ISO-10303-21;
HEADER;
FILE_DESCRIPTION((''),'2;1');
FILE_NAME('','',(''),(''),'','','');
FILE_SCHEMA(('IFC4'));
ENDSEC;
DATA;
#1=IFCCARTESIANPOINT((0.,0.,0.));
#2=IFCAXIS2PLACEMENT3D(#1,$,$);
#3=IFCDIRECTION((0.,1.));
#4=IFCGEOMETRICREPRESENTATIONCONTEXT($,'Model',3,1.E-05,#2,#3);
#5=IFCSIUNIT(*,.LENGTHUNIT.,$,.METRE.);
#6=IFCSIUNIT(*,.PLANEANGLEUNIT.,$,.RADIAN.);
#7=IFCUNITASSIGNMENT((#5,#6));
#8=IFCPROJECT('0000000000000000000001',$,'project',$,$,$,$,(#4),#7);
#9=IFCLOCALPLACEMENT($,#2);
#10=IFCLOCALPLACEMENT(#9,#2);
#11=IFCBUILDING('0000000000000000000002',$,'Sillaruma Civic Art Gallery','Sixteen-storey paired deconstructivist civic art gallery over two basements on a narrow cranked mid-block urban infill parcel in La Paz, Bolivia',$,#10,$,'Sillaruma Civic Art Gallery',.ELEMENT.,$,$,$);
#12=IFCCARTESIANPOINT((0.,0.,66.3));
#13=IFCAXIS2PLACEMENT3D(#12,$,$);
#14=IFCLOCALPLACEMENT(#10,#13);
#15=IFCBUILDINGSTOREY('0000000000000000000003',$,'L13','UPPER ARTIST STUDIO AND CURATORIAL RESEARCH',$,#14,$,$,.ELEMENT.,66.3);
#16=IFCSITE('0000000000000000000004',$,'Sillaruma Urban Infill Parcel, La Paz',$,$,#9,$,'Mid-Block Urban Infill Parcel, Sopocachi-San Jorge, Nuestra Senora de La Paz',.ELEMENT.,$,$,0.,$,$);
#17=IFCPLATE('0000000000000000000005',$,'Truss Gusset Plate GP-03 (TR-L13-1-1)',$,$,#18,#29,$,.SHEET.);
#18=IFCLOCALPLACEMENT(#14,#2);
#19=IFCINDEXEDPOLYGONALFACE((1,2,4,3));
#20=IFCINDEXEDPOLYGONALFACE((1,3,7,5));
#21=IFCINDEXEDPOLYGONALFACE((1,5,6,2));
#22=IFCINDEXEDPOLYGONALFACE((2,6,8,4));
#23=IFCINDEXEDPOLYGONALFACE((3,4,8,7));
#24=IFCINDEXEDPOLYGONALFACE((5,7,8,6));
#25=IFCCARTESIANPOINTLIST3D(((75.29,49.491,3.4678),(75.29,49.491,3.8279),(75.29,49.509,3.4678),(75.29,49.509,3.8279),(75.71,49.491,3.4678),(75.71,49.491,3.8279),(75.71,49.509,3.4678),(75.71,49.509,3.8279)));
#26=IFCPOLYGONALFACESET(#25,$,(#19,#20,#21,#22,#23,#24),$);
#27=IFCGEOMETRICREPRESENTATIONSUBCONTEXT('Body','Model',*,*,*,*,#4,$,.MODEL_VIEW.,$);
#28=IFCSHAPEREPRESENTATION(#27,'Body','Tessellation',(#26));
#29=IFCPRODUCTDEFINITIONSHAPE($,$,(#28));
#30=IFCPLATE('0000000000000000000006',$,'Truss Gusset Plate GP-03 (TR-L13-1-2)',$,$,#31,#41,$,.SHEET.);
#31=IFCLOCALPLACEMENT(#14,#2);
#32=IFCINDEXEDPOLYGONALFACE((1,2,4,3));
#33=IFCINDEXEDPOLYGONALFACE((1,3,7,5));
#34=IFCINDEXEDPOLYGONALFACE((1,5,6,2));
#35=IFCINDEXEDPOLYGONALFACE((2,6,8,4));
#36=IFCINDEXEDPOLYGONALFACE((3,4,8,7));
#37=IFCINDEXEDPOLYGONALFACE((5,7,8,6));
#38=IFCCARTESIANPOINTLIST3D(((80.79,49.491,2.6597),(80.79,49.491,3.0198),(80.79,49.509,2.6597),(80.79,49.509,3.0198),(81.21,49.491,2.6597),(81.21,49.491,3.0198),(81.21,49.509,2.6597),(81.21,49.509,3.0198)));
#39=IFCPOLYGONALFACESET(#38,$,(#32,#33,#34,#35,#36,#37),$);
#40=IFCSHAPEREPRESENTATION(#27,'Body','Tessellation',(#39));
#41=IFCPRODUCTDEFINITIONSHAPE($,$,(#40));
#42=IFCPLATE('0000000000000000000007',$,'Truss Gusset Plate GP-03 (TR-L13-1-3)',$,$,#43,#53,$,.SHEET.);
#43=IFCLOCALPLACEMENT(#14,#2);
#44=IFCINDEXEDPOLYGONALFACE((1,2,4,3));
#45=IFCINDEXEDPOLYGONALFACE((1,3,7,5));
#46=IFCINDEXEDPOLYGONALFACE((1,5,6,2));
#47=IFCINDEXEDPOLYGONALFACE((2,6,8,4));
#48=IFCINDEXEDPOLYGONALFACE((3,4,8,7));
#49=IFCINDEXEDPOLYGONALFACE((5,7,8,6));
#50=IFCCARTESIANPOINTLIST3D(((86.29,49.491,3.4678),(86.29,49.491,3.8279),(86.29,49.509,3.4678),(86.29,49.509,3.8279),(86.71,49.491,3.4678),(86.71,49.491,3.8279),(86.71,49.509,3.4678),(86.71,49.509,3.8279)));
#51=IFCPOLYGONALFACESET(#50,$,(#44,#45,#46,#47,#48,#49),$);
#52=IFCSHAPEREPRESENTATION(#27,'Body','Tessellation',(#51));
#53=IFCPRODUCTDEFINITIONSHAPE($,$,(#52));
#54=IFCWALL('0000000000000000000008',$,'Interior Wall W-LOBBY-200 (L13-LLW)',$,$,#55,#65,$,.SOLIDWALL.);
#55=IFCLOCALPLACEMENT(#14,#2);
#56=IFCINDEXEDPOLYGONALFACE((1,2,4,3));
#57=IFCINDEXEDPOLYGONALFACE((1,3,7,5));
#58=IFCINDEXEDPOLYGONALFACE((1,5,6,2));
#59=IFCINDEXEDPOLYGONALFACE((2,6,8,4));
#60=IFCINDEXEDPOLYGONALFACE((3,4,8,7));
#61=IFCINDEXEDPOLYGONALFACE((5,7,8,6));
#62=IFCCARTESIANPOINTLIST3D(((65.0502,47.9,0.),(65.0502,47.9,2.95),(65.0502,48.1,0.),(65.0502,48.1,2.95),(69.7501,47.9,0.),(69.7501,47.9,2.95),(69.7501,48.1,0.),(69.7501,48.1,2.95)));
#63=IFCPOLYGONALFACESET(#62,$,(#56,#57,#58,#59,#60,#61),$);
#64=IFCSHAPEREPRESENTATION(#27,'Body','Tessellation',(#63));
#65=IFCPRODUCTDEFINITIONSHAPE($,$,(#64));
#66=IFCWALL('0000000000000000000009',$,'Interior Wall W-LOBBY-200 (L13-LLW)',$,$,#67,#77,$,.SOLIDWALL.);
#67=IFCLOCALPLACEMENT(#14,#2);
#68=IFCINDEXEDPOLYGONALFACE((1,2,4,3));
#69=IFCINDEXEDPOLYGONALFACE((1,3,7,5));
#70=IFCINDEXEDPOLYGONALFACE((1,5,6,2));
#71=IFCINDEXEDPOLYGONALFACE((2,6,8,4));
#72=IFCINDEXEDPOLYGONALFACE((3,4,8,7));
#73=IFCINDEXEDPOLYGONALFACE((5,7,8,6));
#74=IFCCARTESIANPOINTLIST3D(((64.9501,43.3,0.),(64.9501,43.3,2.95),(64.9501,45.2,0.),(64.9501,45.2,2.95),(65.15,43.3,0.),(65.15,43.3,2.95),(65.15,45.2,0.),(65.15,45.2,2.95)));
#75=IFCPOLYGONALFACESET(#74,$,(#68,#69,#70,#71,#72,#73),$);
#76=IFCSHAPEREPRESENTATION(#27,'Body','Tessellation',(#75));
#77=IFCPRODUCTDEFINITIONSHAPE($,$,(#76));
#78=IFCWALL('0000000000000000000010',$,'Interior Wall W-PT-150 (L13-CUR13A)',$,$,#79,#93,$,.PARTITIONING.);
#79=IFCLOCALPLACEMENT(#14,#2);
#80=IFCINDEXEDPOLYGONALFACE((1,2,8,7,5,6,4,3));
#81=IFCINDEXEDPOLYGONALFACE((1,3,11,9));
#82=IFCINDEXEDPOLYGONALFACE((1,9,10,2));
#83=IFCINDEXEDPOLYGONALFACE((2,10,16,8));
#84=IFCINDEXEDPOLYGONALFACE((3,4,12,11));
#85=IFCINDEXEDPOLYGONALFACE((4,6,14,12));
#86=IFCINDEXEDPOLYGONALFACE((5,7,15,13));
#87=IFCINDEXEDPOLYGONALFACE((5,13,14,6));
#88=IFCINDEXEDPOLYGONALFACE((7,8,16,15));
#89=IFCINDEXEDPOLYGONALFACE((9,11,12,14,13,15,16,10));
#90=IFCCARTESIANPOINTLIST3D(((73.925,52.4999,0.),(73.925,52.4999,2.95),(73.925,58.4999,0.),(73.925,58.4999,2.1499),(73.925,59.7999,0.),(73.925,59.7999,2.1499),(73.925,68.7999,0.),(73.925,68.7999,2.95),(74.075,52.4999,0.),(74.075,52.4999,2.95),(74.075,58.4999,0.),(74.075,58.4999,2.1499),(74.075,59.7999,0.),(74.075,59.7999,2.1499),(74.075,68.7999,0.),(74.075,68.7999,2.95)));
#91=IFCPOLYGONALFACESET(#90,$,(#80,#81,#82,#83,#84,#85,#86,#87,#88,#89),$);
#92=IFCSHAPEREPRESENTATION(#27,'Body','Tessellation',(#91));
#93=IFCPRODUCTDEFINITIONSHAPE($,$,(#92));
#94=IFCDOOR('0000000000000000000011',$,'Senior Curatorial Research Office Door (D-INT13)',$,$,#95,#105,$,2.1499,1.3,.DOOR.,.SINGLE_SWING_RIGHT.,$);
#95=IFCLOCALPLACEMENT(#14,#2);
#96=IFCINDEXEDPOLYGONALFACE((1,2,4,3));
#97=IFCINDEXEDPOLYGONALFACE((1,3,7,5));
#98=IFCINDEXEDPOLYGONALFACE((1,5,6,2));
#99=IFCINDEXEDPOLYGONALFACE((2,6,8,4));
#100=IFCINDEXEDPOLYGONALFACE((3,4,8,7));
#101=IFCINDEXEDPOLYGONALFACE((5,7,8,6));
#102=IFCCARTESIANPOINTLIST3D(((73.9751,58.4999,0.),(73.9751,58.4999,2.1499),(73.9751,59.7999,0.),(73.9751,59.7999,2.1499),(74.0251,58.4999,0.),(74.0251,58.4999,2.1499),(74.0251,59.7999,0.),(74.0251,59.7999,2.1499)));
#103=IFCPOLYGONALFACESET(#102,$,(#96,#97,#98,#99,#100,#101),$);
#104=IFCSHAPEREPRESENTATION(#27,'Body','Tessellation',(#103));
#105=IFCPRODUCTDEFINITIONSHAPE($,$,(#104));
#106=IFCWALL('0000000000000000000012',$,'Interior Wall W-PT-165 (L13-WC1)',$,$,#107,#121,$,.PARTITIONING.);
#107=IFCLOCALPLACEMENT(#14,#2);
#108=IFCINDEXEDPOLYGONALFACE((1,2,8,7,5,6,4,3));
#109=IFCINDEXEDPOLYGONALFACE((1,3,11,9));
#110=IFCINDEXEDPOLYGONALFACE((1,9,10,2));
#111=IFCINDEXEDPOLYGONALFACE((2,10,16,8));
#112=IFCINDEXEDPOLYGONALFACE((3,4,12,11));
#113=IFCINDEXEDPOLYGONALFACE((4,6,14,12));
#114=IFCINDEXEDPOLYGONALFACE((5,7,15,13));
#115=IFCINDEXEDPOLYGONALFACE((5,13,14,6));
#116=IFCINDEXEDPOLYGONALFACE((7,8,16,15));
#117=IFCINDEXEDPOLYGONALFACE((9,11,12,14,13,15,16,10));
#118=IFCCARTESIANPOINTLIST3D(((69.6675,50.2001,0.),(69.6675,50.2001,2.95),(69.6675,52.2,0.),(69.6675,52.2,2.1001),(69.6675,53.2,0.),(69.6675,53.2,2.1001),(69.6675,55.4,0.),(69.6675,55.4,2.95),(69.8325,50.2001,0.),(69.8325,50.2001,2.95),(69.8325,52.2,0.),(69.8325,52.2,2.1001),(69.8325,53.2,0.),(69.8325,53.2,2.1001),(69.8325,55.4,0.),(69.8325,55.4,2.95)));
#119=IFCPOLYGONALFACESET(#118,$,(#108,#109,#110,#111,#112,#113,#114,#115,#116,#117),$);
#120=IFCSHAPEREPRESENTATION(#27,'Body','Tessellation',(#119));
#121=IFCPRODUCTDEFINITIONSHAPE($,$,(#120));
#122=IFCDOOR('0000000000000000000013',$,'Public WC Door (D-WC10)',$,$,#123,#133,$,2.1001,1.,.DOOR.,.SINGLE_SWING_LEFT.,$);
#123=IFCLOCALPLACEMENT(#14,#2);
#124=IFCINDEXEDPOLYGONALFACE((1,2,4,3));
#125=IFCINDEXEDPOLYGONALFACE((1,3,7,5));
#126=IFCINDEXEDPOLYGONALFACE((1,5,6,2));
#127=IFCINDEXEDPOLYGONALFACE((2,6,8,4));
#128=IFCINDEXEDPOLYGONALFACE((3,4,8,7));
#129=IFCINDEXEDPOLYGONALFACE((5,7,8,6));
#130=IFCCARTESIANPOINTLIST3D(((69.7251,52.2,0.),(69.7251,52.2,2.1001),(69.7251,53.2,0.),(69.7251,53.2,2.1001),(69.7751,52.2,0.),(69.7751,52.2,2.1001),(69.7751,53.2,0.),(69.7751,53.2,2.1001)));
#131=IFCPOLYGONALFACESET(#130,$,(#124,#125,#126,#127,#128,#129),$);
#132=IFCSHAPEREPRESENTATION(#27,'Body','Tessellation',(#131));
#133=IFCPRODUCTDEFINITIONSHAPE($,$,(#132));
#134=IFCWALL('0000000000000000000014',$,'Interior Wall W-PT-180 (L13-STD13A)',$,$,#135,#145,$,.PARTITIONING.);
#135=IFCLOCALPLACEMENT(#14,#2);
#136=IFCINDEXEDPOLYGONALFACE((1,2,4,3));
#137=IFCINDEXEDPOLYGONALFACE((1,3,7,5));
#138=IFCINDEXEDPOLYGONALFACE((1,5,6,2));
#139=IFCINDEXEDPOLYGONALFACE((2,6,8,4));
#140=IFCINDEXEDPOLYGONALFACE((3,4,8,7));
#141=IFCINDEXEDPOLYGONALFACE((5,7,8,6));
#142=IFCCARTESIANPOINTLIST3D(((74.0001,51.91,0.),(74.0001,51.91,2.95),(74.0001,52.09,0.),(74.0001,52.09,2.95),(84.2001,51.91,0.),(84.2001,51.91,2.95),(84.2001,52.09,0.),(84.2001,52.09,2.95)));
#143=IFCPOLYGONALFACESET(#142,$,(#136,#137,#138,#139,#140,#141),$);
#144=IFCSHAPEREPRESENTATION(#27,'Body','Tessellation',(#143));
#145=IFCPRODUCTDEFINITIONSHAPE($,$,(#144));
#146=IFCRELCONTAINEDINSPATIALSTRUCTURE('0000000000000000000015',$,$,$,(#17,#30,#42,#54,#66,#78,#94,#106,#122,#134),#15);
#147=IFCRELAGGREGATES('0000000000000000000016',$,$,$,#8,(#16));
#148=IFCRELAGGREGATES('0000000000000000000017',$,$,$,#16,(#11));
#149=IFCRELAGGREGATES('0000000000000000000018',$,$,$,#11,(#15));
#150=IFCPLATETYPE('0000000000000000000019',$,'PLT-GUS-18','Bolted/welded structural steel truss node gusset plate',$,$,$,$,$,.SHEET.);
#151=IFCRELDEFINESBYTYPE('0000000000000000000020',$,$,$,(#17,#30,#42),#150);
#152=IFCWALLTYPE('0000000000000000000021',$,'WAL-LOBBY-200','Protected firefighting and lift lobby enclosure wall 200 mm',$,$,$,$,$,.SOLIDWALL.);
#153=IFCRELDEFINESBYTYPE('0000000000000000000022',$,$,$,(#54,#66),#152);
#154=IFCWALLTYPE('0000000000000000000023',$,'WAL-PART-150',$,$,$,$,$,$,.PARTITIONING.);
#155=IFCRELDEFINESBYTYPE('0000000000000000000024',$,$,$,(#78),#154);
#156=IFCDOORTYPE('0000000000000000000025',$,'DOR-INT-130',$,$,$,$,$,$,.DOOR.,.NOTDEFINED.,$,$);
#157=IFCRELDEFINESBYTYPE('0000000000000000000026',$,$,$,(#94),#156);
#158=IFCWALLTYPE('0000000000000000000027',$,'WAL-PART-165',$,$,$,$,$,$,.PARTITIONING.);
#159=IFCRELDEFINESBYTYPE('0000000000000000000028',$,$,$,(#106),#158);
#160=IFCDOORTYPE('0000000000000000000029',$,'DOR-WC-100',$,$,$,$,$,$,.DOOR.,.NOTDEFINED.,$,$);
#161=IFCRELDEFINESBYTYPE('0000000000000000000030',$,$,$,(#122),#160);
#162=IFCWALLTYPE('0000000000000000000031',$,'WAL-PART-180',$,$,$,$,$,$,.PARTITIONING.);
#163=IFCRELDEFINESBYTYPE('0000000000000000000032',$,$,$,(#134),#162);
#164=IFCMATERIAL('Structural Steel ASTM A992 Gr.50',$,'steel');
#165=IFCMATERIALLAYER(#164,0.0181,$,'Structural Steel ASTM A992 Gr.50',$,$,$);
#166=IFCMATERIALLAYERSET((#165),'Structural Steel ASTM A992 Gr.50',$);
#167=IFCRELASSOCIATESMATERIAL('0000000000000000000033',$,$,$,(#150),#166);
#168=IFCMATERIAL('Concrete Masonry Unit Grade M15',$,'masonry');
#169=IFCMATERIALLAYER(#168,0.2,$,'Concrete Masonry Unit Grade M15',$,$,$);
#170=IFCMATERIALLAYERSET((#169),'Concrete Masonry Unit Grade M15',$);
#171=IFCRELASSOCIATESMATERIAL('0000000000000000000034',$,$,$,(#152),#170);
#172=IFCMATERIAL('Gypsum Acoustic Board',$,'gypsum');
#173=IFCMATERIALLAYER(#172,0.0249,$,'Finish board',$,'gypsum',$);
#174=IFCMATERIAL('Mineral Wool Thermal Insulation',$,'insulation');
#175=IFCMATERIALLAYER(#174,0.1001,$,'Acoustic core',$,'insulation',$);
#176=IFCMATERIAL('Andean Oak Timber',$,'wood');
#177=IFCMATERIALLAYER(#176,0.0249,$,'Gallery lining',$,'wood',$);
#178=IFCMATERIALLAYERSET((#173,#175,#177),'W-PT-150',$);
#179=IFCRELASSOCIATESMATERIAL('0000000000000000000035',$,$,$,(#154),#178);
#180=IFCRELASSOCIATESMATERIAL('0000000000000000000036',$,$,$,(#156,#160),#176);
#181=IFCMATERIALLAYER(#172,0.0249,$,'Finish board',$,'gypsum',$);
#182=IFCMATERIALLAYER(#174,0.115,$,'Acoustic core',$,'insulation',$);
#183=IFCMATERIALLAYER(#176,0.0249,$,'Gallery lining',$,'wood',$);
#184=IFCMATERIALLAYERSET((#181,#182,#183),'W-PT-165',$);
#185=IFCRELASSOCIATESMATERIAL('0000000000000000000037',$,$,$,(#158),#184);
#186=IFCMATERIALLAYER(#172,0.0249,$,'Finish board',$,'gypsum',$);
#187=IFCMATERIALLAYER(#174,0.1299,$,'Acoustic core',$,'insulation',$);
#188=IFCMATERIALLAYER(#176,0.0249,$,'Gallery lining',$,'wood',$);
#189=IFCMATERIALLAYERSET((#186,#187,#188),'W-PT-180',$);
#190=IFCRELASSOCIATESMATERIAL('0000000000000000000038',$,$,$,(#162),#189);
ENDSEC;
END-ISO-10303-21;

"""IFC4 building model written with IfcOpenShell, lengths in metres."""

from ifc_helpers import new_model, si_unit, direction, frame, frame_2d, origin, origin_2d, place, context, subcontext, project, spatial, rectangle, extrude, material, layer, layer_set, type_object, element, fill, save


model = new_model("IFC4")

# Units and contexts
model_context = context("Model", 3, precision=1e-05, world=origin(), true_north=direction((0.0, 1.0)))
body_context = subcontext(model_context, "Body", "Model", "MODEL_VIEW")
ifc_project = project(units=[si_unit("LENGTHUNIT", "METRE"), si_unit("PLANEANGLEUNIT", "RADIAN")], contexts=[model_context])

# Site, building, storey
site_placement = place(None, origin())
site = spatial("IfcSite", under=ifc_project, at=site_placement, Name="Sillaruma Urban Infill Parcel, La Paz", LongName="Mid-Block Urban Infill Parcel, Sopocachi-San Jorge, Nuestra Senora de La Paz", CompositionType="ELEMENT", RefElevation=0.0)
building_placement = place(site_placement, origin())
building = spatial("IfcBuilding", under=site, at=building_placement, Name="Sillaruma Civic Art Gallery", Description="Sixteen-storey paired deconstructivist civic art gallery over two basements on a narrow cranked mid-block urban infill parcel in La Paz, Bolivia", LongName="Sillaruma Civic Art Gallery", CompositionType="ELEMENT")
storey_placement = place(building_placement, frame((0.0, 0.0, 66.3)))
storey = spatial("IfcBuildingStorey", under=building, at=storey_placement, Name="L13", Description="UPPER ARTIST STUDIO AND CURATORIAL RESEARCH", CompositionType="ELEMENT", Elevation=66.3)

# Shared definitions
ifc_material_1 = material(Name="Structural Steel ASTM A992 Gr.50", Category="steel")

# Plates
ifc_layer_1 = layer(ifc_material_1, 0.0181, Name="Structural Steel ASTM A992 Gr.50")
ifc_layer_set_1 = layer_set([ifc_layer_1], Name="Structural Steel ASTM A992 Gr.50")
plate_type = type_object("IfcPlateType", Name="PLT-GUS-18", Description="Bolted/welded structural steel truss node gusset plate", PredefinedType="SHEET", material=ifc_layer_set_1)
for number, where, z_axis, x_axis, name in (
    (1, (75.5, 49.5, 3.4678), (0.0, 0.0, 1.0), (1.0, 0.0, 0.0), "Truss Gusset Plate GP-03 (TR-L13-1-1)"),
    (2, (81.0, 49.5, 2.6597), (0.0, 0.0, 1.0), (1.0, 0.0, 0.0), "Truss Gusset Plate GP-03 (TR-L13-1-2)"),
    (3, (86.5, 49.5, 3.4678), (0.0, 0.0, 1.0), (1.0, 0.0, 0.0), "Truss Gusset Plate GP-03 (TR-L13-1-3)"),
):
    element("IfcPlate", number, at=place(storey_placement, frame(where, z_axis=z_axis, x_axis=x_axis)), inside=storey, type_object=plate_type, Name=name, PredefinedType="SHEET", context=body_context, shape_type="SweptSolid", body=[
        extrude(rectangle(XDim=0.4199, YDim=0.0181, at=origin_2d()), origin(), (0.0, 0.0, 1.0), 0.3601),
    ])

# Walls
ifc_material_2 = material(Name="Concrete Masonry Unit Grade M15", Category="masonry")
ifc_layer_2 = layer(ifc_material_2, 0.2, Name="Concrete Masonry Unit Grade M15")
ifc_layer_set_2 = layer_set([ifc_layer_2], Name="Concrete Masonry Unit Grade M15")
wall_type_1 = type_object("IfcWallType", Name="WAL-LOBBY-200", Description="Protected firefighting and lift lobby enclosure wall 200 mm", PredefinedType="SOLIDWALL", material=ifc_layer_set_2)
wall_1_placement = place(storey_placement, frame((65.05, 48.0, 0.0), z_axis=(0.0, 0.0, 1.0), x_axis=(1.0, 0.0, 0.0)))
element("IfcWall", 4, at=wall_1_placement, inside=storey, type_object=wall_type_1, Name="Interior Wall W-LOBBY-200 (L13-LLW)", PredefinedType="SOLIDWALL", context=body_context, shape_type="SweptSolid", body=[
    extrude(rectangle(XDim=4.7, YDim=0.2, at=frame_2d((2.3501, 0.0))), origin(), (0.0, 0.0, 1.0), 2.95),
])
wall_2_placement = place(storey_placement, frame((65.05, 43.3, 0.0), z_axis=(0.0, 0.0, 1.0), x_axis=(0.0, 1.0, 0.0)))
element("IfcWall", 5, at=wall_2_placement, inside=storey, type_object=wall_type_1, Name="Interior Wall W-LOBBY-200 (L13-LLW)", PredefinedType="SOLIDWALL", context=body_context, shape_type="SweptSolid", body=[
    extrude(rectangle(XDim=1.8999, YDim=0.2, at=frame_2d((0.95, 0.0))), origin(), (0.0, 0.0, 1.0), 2.95),
])

# Walls, openings, doors
ifc_material_3 = material(Name="Gypsum Acoustic Board", Category="gypsum")
ifc_material_4 = material(Name="Mineral Wool Thermal Insulation", Category="insulation")
ifc_material_5 = material(Name="Andean Oak Timber", Category="wood")
ifc_layer_3 = layer(ifc_material_3, 0.0249, Name="Finish board", Category="gypsum")
ifc_layer_4 = layer(ifc_material_4, 0.1001, Name="Acoustic core", Category="insulation")
ifc_layer_5 = layer(ifc_material_5, 0.0249, Name="Gallery lining", Category="wood")
ifc_layer_set_3 = layer_set([ifc_layer_3, ifc_layer_4, ifc_layer_5], Name="W-PT-150")
wall_type_2 = type_object("IfcWallType", Name="WAL-PART-150", PredefinedType="PARTITIONING", material=ifc_layer_set_3)
wall_3_placement = place(storey_placement, frame((74.0, 52.5, 0.0), z_axis=(0.0, 0.0, 1.0), x_axis=(0.0, 1.0, 0.0)))
wall_3 = element("IfcWall", 6, at=wall_3_placement, inside=storey, type_object=wall_type_2, Name="Interior Wall W-PT-150 (L13-CUR13A)", PredefinedType="PARTITIONING", context=body_context, shape_type="SweptSolid", body=[
    extrude(rectangle(XDim=16.3, YDim=0.1499, at=frame_2d((8.1499, 0.0))), origin(), (0.0, 0.0, 1.0), 2.95),
])
opening_1_placement = place(wall_3_placement, frame((6.0, 0.0, 0.0)))
opening_1 = element("IfcOpeningElement", 7, at=opening_1_placement, cuts=wall_3, PredefinedType="OPENING", context=body_context, shape_type="SweptSolid", body=[
    extrude(rectangle(XDim=1.3, YDim=2.1499, at=frame_2d((0.6499, 1.075))), frame((0.0, 0.085, 0.0), z_axis=(0.0, -1.0, 0.0), x_axis=(1.0, 0.0, 0.0)), (0.0, 0.0, 1.0), 0.1699),
])
door_type_1 = type_object("IfcDoorType", Name="DOR-INT-130", OperationType="NOTDEFINED", PredefinedType="DOOR", material=ifc_material_5)
door_1_placement = place(opening_1_placement, origin())
door_1 = element("IfcDoor", 8, at=door_1_placement, inside=storey, type_object=door_type_1, Name="Senior Curatorial Research Office Door (D-INT13)", OperationType="SINGLE_SWING_RIGHT", OverallHeight=2.1499, OverallWidth=1.3, PredefinedType="DOOR", context=body_context, shape_type="SweptSolid", body=[
    extrude(rectangle(XDim=1.3, YDim=2.1499, at=frame_2d((0.6499, 1.075))), frame((0.0, 0.0249, 0.0), z_axis=(0.0, -1.0, 0.0), x_axis=(1.0, 0.0, 0.0)), (0.0, 0.0, 1.0), 0.05),
])
fill(opening_1, door_1)
ifc_layer_6 = layer(ifc_material_3, 0.0249, Name="Finish board", Category="gypsum")
ifc_layer_7 = layer(ifc_material_4, 0.115, Name="Acoustic core", Category="insulation")
ifc_layer_8 = layer(ifc_material_5, 0.0249, Name="Gallery lining", Category="wood")
ifc_layer_set_4 = layer_set([ifc_layer_6, ifc_layer_7, ifc_layer_8], Name="W-PT-165")
wall_type_3 = type_object("IfcWallType", Name="WAL-PART-165", PredefinedType="PARTITIONING", material=ifc_layer_set_4)
wall_4_placement = place(storey_placement, frame((69.75, 50.2, 0.0), z_axis=(0.0, 0.0, 1.0), x_axis=(0.0, 1.0, 0.0)))
wall_4 = element("IfcWall", 9, at=wall_4_placement, inside=storey, type_object=wall_type_3, Name="Interior Wall W-PT-165 (L13-WC1)", PredefinedType="PARTITIONING", context=body_context, shape_type="SweptSolid", body=[
    extrude(rectangle(XDim=5.2, YDim=0.165, at=frame_2d((2.6001, 0.0))), origin(), (0.0, 0.0, 1.0), 2.95),
])
opening_2_placement = place(wall_4_placement, frame((2.0, 0.0, 0.0)))
opening_2 = element("IfcOpeningElement", 10, at=opening_2_placement, cuts=wall_4, PredefinedType="OPENING", context=body_context, shape_type="SweptSolid", body=[
    extrude(rectangle(XDim=1.0, YDim=2.1001, at=frame_2d((0.5, 1.05))), frame((0.0, 0.0925, 0.0), z_axis=(0.0, -1.0, 0.0), x_axis=(1.0, 0.0, 0.0)), (0.0, 0.0, 1.0), 0.1851),
])
door_type_2 = type_object("IfcDoorType", Name="DOR-WC-100", OperationType="NOTDEFINED", PredefinedType="DOOR", material=ifc_material_5)
door_2_placement = place(opening_2_placement, origin())
door_2 = element("IfcDoor", 11, at=door_2_placement, inside=storey, type_object=door_type_2, Name="Public WC Door (D-WC10)", OperationType="SINGLE_SWING_LEFT", OverallHeight=2.1001, OverallWidth=1.0, PredefinedType="DOOR", context=body_context, shape_type="SweptSolid", body=[
    extrude(rectangle(XDim=1.0, YDim=2.1001, at=frame_2d((0.5, 1.05))), frame((0.0, 0.0249, 0.0), z_axis=(0.0, -1.0, 0.0), x_axis=(1.0, 0.0, 0.0)), (0.0, 0.0, 1.0), 0.05),
])
fill(opening_2, door_2)

# Wall
ifc_layer_9 = layer(ifc_material_3, 0.0249, Name="Finish board", Category="gypsum")
ifc_layer_10 = layer(ifc_material_4, 0.1299, Name="Acoustic core", Category="insulation")
ifc_layer_11 = layer(ifc_material_5, 0.0249, Name="Gallery lining", Category="wood")
ifc_layer_set_5 = layer_set([ifc_layer_9, ifc_layer_10, ifc_layer_11], Name="W-PT-180")
wall_type_4 = type_object("IfcWallType", Name="WAL-PART-180", PredefinedType="PARTITIONING", material=ifc_layer_set_5)
wall_5_placement = place(storey_placement, frame((74.0, 52.0, 0.0), z_axis=(0.0, 0.0, 1.0), x_axis=(1.0, 0.0, 0.0)))
element("IfcWall", 12, at=wall_5_placement, inside=storey, type_object=wall_type_4, Name="Interior Wall W-PT-180 (L13-STD13A)", PredefinedType="PARTITIONING", context=body_context, shape_type="SweptSolid", body=[
    extrude(rectangle(XDim=10.2, YDim=0.1799, at=frame_2d((5.1001, 0.0))), origin(), (0.0, 0.0, 1.0), 2.95),
])

save(model, "model.ifc")
